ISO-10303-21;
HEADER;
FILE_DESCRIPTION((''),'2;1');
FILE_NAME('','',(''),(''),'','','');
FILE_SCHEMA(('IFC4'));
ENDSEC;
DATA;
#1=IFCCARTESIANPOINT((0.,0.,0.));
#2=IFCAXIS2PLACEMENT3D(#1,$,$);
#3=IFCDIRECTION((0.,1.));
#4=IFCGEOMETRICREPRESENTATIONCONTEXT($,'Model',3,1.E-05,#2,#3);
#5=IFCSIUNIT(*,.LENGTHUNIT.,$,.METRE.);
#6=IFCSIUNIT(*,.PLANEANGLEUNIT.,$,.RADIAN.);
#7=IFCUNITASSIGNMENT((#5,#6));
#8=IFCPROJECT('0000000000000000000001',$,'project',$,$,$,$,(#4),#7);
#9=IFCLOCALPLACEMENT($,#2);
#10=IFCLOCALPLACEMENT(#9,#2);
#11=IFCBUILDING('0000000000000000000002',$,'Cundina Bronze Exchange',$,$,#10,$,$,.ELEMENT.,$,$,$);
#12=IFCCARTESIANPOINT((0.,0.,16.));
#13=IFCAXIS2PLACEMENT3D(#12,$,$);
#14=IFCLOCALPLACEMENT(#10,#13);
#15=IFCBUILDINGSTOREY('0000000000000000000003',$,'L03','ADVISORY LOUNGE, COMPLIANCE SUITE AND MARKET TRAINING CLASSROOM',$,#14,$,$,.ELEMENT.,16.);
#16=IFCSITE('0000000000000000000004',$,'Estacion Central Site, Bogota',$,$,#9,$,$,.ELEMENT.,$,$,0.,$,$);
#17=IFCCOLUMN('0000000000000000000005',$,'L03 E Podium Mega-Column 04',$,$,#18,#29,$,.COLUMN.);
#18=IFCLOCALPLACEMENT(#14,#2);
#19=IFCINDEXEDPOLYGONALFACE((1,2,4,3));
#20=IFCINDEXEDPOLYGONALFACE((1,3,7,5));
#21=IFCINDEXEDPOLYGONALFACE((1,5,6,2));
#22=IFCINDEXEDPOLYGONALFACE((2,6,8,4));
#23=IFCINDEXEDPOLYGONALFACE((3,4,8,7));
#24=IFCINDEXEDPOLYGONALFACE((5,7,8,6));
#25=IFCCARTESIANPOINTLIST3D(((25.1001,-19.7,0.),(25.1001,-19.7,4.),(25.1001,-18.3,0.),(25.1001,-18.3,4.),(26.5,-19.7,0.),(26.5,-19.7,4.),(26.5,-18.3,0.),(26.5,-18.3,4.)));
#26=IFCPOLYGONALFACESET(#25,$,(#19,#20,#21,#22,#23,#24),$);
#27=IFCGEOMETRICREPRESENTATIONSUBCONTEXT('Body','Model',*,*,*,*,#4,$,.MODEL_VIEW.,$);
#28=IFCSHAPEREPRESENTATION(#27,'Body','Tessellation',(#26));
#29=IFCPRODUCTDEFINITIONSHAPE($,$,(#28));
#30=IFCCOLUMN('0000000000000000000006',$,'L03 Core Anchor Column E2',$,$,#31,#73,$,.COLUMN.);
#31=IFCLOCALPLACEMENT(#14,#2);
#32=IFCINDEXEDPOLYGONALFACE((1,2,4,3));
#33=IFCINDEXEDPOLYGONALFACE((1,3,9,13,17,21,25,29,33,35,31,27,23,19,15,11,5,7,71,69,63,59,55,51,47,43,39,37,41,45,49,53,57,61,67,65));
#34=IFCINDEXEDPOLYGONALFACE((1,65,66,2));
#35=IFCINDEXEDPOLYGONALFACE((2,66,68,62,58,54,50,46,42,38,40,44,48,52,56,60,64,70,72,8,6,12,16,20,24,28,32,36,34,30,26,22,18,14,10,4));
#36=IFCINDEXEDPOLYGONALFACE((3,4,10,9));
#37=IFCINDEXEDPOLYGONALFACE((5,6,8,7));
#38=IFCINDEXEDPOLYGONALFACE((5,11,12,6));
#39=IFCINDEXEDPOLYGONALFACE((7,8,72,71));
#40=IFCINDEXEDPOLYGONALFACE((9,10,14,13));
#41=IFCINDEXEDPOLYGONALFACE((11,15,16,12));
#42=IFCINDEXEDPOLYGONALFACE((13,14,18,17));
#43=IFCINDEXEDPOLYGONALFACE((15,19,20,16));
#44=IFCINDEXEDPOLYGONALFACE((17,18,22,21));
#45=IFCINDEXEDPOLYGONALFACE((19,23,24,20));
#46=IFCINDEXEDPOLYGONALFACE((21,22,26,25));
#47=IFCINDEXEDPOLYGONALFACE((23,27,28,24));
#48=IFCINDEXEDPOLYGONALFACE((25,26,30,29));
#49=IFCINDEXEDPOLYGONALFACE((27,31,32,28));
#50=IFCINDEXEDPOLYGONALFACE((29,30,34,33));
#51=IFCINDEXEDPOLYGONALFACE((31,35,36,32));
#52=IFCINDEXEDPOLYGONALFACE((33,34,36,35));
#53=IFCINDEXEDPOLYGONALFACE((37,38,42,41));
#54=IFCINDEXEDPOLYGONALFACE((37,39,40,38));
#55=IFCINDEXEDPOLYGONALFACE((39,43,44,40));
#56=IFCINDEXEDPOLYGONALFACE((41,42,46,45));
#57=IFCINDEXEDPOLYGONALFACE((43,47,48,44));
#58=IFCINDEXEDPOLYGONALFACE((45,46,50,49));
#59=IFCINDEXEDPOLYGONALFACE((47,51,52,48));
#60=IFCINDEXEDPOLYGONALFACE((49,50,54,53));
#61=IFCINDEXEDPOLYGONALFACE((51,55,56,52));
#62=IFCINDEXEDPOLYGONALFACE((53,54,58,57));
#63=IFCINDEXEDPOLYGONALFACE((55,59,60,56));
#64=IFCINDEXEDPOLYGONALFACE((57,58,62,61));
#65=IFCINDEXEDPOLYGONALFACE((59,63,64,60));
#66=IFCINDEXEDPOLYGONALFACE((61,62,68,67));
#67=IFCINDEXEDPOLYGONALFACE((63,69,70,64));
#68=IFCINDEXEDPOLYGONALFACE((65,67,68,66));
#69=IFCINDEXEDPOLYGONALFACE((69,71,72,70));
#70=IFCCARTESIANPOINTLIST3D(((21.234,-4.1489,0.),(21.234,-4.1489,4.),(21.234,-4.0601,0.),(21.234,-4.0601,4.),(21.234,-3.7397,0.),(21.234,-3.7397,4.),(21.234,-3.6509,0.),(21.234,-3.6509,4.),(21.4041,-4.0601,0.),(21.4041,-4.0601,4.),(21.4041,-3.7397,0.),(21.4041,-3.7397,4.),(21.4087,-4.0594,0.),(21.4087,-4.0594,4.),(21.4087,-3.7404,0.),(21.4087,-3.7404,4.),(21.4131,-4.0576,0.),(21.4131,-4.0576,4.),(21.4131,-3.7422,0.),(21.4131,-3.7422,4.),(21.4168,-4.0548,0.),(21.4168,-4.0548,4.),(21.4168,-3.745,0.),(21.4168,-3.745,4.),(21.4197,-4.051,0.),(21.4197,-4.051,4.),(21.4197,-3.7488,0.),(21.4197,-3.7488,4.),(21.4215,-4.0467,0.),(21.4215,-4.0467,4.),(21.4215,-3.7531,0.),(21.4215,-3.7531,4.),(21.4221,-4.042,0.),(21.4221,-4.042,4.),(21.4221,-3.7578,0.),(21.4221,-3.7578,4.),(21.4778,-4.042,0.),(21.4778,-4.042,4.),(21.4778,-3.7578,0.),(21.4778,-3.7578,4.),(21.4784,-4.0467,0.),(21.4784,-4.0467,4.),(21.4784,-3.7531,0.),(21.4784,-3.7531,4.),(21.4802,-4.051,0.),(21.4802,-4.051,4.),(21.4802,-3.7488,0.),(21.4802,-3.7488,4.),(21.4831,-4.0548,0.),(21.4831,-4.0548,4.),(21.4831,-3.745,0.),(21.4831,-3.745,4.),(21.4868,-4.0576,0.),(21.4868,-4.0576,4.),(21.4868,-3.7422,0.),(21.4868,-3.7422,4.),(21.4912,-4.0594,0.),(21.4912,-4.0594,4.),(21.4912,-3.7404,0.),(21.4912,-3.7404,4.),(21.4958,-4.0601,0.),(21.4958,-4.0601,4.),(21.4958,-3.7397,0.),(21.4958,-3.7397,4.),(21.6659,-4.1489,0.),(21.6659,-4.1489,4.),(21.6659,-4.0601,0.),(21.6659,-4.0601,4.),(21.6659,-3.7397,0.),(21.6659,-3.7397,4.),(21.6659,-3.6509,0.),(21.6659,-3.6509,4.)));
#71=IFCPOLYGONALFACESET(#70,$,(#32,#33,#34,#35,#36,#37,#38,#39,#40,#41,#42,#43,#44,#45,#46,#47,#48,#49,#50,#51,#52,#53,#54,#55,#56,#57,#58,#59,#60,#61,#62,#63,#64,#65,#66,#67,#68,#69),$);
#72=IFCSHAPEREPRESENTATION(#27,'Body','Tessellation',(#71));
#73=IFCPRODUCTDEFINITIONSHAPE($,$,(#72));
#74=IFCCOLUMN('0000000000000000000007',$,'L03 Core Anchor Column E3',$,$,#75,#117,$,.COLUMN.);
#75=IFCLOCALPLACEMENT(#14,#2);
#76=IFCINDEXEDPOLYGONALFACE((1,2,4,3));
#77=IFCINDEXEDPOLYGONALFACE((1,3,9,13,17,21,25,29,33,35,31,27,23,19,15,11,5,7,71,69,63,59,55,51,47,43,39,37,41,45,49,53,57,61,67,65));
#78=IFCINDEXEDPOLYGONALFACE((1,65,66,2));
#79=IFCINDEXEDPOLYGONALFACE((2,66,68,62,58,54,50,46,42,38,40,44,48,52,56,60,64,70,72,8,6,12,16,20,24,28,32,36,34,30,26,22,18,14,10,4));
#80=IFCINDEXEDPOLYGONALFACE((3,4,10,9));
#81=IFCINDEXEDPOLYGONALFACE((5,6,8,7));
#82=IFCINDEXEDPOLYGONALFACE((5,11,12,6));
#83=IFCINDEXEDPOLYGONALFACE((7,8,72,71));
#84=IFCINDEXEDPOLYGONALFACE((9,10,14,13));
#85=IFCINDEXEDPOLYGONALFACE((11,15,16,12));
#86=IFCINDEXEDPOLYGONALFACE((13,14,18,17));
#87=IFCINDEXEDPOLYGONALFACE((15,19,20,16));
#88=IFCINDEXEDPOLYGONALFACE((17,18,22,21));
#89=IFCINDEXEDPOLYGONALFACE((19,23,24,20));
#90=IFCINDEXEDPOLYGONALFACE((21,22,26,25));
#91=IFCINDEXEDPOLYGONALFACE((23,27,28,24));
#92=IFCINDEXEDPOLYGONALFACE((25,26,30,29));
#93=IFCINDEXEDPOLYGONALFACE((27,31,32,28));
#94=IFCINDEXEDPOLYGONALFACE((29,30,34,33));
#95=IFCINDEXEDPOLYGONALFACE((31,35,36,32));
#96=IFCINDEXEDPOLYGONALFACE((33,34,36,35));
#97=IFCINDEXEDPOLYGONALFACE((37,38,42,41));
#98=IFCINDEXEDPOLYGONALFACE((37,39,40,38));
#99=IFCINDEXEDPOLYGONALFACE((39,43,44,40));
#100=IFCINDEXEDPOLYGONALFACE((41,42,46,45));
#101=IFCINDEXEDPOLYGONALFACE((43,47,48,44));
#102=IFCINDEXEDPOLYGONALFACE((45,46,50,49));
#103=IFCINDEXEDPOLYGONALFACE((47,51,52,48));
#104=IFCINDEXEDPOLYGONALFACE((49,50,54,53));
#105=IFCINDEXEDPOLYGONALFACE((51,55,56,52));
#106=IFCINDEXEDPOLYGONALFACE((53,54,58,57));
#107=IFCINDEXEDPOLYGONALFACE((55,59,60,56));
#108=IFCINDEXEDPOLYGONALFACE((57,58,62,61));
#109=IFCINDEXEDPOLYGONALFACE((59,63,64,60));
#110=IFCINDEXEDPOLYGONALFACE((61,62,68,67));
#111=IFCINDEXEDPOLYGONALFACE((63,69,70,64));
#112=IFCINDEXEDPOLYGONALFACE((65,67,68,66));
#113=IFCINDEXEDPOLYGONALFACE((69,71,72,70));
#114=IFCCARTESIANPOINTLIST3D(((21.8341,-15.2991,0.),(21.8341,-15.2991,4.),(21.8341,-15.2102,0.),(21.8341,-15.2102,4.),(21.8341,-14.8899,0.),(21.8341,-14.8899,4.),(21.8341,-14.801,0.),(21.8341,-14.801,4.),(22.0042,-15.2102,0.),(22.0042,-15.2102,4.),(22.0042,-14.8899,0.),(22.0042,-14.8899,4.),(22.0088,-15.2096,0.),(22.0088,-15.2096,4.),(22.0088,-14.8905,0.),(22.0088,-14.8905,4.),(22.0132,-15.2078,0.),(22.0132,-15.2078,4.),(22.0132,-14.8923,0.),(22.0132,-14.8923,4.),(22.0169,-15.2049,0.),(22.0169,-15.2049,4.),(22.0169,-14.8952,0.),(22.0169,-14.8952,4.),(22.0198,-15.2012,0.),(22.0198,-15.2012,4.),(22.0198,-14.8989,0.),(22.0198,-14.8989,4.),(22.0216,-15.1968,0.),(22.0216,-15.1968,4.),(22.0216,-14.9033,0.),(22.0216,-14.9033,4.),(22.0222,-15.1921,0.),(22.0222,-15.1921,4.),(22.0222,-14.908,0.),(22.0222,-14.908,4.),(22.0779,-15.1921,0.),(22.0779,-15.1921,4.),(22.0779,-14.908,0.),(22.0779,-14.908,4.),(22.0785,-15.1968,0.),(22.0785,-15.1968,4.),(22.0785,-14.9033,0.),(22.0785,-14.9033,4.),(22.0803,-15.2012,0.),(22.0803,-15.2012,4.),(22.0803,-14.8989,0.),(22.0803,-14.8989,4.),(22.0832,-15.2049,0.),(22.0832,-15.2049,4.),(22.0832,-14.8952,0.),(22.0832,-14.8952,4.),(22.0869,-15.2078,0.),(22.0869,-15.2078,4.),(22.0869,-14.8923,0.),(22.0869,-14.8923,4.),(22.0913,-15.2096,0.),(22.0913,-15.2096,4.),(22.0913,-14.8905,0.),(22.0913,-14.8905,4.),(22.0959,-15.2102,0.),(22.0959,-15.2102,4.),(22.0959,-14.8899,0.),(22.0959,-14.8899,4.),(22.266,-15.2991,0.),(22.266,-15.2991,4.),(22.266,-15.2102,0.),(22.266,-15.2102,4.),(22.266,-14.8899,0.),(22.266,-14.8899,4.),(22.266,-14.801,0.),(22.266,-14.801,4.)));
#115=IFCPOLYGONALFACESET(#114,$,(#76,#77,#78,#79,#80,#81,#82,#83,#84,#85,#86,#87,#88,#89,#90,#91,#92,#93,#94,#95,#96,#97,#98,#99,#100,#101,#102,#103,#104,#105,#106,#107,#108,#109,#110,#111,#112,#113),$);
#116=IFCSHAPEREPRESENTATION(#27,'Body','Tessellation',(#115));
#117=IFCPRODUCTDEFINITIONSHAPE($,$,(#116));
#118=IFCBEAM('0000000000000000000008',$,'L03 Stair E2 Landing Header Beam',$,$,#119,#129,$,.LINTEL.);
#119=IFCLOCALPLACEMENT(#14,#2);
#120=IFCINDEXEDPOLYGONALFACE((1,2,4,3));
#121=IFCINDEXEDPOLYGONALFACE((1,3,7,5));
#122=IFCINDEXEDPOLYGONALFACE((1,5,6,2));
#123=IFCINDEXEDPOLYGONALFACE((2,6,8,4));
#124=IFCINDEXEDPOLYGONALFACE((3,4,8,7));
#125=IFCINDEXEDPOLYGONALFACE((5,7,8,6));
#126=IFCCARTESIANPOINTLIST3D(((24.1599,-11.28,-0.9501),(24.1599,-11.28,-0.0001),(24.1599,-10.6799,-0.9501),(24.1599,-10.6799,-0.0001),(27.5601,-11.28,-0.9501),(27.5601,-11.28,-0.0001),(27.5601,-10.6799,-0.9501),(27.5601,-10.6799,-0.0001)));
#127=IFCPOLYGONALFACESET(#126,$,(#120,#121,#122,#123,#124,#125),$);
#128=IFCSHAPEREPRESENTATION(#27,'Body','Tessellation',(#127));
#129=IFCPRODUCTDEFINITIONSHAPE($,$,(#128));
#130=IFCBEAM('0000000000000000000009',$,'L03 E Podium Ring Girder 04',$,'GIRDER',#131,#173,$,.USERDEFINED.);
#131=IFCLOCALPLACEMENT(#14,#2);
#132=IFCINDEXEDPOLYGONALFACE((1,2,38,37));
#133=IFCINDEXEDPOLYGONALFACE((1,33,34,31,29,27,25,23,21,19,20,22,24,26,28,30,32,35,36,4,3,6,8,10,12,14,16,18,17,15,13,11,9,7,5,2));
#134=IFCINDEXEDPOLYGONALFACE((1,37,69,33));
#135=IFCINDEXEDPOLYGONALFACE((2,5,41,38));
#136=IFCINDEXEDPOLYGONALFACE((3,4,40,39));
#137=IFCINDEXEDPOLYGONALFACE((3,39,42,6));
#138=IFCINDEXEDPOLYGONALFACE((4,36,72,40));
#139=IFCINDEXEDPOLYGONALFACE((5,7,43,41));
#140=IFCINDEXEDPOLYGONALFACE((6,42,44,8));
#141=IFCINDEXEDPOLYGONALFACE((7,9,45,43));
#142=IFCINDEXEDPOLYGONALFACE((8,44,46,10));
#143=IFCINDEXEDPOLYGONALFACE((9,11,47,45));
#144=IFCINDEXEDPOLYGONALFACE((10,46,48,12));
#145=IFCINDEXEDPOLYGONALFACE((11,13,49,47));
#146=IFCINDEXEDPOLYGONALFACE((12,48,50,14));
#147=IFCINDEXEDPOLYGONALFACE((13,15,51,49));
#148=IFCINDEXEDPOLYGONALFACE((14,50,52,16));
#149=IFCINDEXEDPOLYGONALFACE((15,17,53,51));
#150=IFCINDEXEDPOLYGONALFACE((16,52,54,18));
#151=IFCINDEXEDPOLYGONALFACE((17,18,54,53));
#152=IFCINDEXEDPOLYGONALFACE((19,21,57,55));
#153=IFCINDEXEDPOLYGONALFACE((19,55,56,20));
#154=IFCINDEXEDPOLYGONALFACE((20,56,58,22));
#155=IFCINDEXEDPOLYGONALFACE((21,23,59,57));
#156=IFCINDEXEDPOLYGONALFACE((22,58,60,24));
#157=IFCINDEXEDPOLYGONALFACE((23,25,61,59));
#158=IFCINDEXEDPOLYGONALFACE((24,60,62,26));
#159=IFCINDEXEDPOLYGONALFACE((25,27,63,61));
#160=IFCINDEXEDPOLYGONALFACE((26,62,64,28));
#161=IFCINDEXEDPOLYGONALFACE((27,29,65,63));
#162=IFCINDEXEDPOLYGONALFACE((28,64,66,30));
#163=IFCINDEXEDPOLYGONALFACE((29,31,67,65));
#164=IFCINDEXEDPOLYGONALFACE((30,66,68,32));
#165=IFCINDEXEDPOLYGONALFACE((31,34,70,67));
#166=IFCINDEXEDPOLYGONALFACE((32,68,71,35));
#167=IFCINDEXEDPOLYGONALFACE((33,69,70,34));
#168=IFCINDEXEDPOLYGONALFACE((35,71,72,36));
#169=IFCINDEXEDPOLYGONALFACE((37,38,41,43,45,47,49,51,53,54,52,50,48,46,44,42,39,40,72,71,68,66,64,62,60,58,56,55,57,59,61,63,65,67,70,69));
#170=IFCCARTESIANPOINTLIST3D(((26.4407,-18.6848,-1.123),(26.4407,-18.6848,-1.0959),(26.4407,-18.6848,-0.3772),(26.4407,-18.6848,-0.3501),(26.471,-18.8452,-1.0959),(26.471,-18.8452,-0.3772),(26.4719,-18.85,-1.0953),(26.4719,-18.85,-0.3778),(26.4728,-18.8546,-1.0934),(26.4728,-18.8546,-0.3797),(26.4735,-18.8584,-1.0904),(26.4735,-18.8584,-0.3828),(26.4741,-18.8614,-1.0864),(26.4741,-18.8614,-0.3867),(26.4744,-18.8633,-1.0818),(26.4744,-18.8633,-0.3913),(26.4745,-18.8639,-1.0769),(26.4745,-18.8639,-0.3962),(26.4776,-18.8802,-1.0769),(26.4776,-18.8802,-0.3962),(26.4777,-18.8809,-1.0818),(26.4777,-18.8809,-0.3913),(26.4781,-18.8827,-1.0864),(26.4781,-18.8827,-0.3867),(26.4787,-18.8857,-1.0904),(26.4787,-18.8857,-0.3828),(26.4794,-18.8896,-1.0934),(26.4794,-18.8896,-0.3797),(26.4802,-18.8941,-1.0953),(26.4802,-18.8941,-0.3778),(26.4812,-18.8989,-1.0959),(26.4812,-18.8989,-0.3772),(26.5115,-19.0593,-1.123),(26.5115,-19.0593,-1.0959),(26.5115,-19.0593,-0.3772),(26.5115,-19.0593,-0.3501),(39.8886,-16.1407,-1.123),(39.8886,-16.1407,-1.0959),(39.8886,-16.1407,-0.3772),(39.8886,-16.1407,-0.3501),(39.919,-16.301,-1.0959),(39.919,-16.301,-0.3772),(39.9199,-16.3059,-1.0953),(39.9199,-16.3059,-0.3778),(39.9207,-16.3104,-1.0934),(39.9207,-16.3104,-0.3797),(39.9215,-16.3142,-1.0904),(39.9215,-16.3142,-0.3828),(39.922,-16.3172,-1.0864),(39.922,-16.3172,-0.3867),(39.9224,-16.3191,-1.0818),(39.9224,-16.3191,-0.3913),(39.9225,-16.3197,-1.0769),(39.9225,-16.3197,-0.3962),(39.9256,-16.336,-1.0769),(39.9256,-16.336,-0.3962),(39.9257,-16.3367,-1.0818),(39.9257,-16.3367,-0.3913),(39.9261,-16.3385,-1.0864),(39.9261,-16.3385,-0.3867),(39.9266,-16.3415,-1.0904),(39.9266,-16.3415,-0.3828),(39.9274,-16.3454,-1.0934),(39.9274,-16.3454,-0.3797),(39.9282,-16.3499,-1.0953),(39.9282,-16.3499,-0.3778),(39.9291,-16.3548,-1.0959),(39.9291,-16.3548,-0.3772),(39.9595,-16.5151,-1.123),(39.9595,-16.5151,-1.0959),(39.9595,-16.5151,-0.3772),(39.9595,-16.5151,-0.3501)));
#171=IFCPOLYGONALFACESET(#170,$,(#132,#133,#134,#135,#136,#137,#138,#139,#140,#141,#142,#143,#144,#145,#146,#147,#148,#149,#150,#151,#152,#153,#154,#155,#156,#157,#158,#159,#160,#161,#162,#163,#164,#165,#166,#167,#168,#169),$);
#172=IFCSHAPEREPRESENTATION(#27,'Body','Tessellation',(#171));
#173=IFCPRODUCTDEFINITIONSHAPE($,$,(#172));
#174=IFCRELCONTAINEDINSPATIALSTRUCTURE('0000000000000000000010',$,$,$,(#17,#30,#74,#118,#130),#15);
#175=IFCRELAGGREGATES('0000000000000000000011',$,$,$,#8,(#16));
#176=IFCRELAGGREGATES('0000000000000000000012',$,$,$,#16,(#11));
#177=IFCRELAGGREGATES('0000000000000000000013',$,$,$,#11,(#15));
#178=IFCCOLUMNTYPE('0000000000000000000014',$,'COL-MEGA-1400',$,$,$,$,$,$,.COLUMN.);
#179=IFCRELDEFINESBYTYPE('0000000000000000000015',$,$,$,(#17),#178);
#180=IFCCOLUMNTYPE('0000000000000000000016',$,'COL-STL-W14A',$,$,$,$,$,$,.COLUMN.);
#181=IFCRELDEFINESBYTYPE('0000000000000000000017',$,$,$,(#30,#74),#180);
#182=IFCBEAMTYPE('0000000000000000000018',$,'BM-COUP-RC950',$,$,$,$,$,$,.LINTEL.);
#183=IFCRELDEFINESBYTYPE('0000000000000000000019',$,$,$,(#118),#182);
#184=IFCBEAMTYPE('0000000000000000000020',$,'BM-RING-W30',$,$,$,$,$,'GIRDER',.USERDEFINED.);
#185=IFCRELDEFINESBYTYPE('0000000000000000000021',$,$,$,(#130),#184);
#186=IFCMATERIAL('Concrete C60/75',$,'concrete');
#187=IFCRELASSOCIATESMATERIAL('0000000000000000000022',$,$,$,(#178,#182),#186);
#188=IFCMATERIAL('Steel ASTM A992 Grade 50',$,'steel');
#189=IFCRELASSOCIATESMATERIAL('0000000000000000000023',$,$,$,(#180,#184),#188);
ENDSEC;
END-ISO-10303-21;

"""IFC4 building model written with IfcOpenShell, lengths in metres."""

from ifc_helpers import new_model, si_unit, direction, frame, origin, origin_2d, place, context, subcontext, project, spatial, rectangle, i_section, extrude, material, material_profile, profile_set, type_object, element, save


model = new_model("IFC4")

# Units and contexts
model_context = context("Model", 3, precision=1e-05, world=origin(), true_north=direction((0.0, 1.0)))
body_context = subcontext(model_context, "Body", "Model", "MODEL_VIEW")
ifc_project = project(units=[si_unit("LENGTHUNIT", "METRE"), si_unit("PLANEANGLEUNIT", "RADIAN")], contexts=[model_context])

# Site, building, storey
site_placement = place(None, origin())
site = spatial("IfcSite", under=ifc_project, at=site_placement, Name="Estacion Central Site, Bogota", CompositionType="ELEMENT", RefElevation=0.0)
building_placement = place(site_placement, origin())
building = spatial("IfcBuilding", under=site, at=building_placement, Name="Cundina Bronze Exchange", CompositionType="ELEMENT")
storey_placement = place(building_placement, frame((0.0, 0.0, 16.0)))
storey = spatial("IfcBuildingStorey", under=building, at=storey_placement, Name="L03", Description="ADVISORY LOUNGE, COMPLIANCE SUITE AND MARKET TRAINING CLASSROOM", CompositionType="ELEMENT", Elevation=16.0)

# Columns
ifc_material_1 = material(Name="Concrete C60/75", Category="concrete")
ifc_material_profile_1 = material_profile(ifc_material_1, rectangle(XDim=1.3999, YDim=1.3999, at=origin_2d()), Name="RC1400X1400", Category="concrete")
ifc_profile_set_1 = profile_set([ifc_material_profile_1], Name="Concrete C60/75")
column_type_1 = type_object("IfcColumnType", Name="COL-MEGA-1400", PredefinedType="COLUMN", material=ifc_profile_set_1)
column_placement = place(storey_placement, frame((25.8, -19.0, 0.0), z_axis=(0.0, 0.0, 1.0), x_axis=(1.0, 0.0, 0.0)))
element("IfcColumn", 1, at=column_placement, inside=storey, type_object=column_type_1, Name="L03 E Podium Mega-Column 04", PredefinedType="COLUMN", context=body_context, shape_type="SweptSolid", body=[
    extrude(rectangle(XDim=1.3999, YDim=1.3999, at=origin_2d()), origin(), (0.0, 0.0, 1.0), 4.0),
])
ifc_material_2 = material(Name="Steel ASTM A992 Grade 50", Category="steel")
ifc_material_profile_2 = material_profile(ifc_material_2, i_section(OverallWidth=0.4319, OverallDepth=0.498, WebThickness=0.0557, FlangeThickness=0.0889, FilletRadius=0.0181, at=origin_2d()), Name="W14X500", Category="steel")
ifc_profile_set_2 = profile_set([ifc_material_profile_2], Name="Steel ASTM A992 Grade 50")
column_type_2 = type_object("IfcColumnType", Name="COL-STL-W14A", PredefinedType="COLUMN", material=ifc_profile_set_2)
for number, where, z_axis, x_axis, name in (
    (2, (21.45, -3.8999, 0.0), (0.0, 0.0, 1.0), (1.0, 0.0, 0.0), "L03 Core Anchor Column E2"),
    (3, (22.05, -15.05, 0.0), (0.0, 0.0, 1.0), (1.0, 0.0, 0.0), "L03 Core Anchor Column E3"),
):
    element("IfcColumn", number, at=place(storey_placement, frame(where, z_axis=z_axis, x_axis=x_axis)), inside=storey, type_object=column_type_2, Name=name, PredefinedType="COLUMN", context=body_context, shape_type="SweptSolid", body=[
        extrude(i_section(OverallWidth=0.4319, OverallDepth=0.498, WebThickness=0.0557, FlangeThickness=0.0889, FilletRadius=0.0181, at=origin_2d()), origin(), (0.0, 0.0, 1.0), 4.0),
    ])

# Beams
ifc_material_profile_3 = material_profile(ifc_material_1, rectangle(XDim=0.6001, YDim=0.95, at=origin_2d()), Name="RC600X950", Category="concrete")
ifc_profile_set_3 = profile_set([ifc_material_profile_3], Name="Concrete C60/75")
beam_type_1 = type_object("IfcBeamType", Name="BM-COUP-RC950", PredefinedType="LINTEL", material=ifc_profile_set_3)
beam_1_placement = place(storey_placement, frame((24.1599, -10.98, -0.4751), z_axis=(1.0, 0.0, 0.0), x_axis=(0.0, 1.0, 0.0)))
element("IfcBeam", 4, at=beam_1_placement, inside=storey, type_object=beam_type_1, Name="L03 Stair E2 Landing Header Beam", PredefinedType="LINTEL", context=body_context, shape_type="SweptSolid", body=[
    extrude(rectangle(XDim=0.6001, YDim=0.95, at=origin_2d()), origin(), (0.0, 0.0, 1.0), 3.4001),
])
ifc_material_profile_4 = material_profile(ifc_material_2, i_section(OverallWidth=0.3811, OverallDepth=0.7729, WebThickness=0.0166, FlangeThickness=0.0271, FilletRadius=0.019, at=origin_2d()), Name="W30X173", Category="steel")
ifc_profile_set_4 = profile_set([ifc_material_profile_4], Name="Steel ASTM A992 Grade 50")
beam_type_2 = type_object("IfcBeamType", Name="BM-RING-W30", ElementType="GIRDER", PredefinedType="USERDEFINED", material=ifc_profile_set_4)
beam_2_placement = place(storey_placement, frame((26.4761, -18.8721, -0.7366), z_axis=(0.982571, 0.18589, 0.0), x_axis=(-0.18589, 0.982571, 0.0)))
element("IfcBeam", 5, at=beam_2_placement, inside=storey, type_object=beam_type_2, Name="L03 E Podium Ring Girder 04", ObjectType="GIRDER", PredefinedType="USERDEFINED", context=body_context, shape_type="SweptSolid", body=[
    extrude(i_section(OverallWidth=0.3811, OverallDepth=0.7729, WebThickness=0.0166, FlangeThickness=0.0271, FilletRadius=0.019, at=origin_2d()), origin(), (0.0, 0.0, 1.0), 13.6865),
])

save(model, "model.ifc")
